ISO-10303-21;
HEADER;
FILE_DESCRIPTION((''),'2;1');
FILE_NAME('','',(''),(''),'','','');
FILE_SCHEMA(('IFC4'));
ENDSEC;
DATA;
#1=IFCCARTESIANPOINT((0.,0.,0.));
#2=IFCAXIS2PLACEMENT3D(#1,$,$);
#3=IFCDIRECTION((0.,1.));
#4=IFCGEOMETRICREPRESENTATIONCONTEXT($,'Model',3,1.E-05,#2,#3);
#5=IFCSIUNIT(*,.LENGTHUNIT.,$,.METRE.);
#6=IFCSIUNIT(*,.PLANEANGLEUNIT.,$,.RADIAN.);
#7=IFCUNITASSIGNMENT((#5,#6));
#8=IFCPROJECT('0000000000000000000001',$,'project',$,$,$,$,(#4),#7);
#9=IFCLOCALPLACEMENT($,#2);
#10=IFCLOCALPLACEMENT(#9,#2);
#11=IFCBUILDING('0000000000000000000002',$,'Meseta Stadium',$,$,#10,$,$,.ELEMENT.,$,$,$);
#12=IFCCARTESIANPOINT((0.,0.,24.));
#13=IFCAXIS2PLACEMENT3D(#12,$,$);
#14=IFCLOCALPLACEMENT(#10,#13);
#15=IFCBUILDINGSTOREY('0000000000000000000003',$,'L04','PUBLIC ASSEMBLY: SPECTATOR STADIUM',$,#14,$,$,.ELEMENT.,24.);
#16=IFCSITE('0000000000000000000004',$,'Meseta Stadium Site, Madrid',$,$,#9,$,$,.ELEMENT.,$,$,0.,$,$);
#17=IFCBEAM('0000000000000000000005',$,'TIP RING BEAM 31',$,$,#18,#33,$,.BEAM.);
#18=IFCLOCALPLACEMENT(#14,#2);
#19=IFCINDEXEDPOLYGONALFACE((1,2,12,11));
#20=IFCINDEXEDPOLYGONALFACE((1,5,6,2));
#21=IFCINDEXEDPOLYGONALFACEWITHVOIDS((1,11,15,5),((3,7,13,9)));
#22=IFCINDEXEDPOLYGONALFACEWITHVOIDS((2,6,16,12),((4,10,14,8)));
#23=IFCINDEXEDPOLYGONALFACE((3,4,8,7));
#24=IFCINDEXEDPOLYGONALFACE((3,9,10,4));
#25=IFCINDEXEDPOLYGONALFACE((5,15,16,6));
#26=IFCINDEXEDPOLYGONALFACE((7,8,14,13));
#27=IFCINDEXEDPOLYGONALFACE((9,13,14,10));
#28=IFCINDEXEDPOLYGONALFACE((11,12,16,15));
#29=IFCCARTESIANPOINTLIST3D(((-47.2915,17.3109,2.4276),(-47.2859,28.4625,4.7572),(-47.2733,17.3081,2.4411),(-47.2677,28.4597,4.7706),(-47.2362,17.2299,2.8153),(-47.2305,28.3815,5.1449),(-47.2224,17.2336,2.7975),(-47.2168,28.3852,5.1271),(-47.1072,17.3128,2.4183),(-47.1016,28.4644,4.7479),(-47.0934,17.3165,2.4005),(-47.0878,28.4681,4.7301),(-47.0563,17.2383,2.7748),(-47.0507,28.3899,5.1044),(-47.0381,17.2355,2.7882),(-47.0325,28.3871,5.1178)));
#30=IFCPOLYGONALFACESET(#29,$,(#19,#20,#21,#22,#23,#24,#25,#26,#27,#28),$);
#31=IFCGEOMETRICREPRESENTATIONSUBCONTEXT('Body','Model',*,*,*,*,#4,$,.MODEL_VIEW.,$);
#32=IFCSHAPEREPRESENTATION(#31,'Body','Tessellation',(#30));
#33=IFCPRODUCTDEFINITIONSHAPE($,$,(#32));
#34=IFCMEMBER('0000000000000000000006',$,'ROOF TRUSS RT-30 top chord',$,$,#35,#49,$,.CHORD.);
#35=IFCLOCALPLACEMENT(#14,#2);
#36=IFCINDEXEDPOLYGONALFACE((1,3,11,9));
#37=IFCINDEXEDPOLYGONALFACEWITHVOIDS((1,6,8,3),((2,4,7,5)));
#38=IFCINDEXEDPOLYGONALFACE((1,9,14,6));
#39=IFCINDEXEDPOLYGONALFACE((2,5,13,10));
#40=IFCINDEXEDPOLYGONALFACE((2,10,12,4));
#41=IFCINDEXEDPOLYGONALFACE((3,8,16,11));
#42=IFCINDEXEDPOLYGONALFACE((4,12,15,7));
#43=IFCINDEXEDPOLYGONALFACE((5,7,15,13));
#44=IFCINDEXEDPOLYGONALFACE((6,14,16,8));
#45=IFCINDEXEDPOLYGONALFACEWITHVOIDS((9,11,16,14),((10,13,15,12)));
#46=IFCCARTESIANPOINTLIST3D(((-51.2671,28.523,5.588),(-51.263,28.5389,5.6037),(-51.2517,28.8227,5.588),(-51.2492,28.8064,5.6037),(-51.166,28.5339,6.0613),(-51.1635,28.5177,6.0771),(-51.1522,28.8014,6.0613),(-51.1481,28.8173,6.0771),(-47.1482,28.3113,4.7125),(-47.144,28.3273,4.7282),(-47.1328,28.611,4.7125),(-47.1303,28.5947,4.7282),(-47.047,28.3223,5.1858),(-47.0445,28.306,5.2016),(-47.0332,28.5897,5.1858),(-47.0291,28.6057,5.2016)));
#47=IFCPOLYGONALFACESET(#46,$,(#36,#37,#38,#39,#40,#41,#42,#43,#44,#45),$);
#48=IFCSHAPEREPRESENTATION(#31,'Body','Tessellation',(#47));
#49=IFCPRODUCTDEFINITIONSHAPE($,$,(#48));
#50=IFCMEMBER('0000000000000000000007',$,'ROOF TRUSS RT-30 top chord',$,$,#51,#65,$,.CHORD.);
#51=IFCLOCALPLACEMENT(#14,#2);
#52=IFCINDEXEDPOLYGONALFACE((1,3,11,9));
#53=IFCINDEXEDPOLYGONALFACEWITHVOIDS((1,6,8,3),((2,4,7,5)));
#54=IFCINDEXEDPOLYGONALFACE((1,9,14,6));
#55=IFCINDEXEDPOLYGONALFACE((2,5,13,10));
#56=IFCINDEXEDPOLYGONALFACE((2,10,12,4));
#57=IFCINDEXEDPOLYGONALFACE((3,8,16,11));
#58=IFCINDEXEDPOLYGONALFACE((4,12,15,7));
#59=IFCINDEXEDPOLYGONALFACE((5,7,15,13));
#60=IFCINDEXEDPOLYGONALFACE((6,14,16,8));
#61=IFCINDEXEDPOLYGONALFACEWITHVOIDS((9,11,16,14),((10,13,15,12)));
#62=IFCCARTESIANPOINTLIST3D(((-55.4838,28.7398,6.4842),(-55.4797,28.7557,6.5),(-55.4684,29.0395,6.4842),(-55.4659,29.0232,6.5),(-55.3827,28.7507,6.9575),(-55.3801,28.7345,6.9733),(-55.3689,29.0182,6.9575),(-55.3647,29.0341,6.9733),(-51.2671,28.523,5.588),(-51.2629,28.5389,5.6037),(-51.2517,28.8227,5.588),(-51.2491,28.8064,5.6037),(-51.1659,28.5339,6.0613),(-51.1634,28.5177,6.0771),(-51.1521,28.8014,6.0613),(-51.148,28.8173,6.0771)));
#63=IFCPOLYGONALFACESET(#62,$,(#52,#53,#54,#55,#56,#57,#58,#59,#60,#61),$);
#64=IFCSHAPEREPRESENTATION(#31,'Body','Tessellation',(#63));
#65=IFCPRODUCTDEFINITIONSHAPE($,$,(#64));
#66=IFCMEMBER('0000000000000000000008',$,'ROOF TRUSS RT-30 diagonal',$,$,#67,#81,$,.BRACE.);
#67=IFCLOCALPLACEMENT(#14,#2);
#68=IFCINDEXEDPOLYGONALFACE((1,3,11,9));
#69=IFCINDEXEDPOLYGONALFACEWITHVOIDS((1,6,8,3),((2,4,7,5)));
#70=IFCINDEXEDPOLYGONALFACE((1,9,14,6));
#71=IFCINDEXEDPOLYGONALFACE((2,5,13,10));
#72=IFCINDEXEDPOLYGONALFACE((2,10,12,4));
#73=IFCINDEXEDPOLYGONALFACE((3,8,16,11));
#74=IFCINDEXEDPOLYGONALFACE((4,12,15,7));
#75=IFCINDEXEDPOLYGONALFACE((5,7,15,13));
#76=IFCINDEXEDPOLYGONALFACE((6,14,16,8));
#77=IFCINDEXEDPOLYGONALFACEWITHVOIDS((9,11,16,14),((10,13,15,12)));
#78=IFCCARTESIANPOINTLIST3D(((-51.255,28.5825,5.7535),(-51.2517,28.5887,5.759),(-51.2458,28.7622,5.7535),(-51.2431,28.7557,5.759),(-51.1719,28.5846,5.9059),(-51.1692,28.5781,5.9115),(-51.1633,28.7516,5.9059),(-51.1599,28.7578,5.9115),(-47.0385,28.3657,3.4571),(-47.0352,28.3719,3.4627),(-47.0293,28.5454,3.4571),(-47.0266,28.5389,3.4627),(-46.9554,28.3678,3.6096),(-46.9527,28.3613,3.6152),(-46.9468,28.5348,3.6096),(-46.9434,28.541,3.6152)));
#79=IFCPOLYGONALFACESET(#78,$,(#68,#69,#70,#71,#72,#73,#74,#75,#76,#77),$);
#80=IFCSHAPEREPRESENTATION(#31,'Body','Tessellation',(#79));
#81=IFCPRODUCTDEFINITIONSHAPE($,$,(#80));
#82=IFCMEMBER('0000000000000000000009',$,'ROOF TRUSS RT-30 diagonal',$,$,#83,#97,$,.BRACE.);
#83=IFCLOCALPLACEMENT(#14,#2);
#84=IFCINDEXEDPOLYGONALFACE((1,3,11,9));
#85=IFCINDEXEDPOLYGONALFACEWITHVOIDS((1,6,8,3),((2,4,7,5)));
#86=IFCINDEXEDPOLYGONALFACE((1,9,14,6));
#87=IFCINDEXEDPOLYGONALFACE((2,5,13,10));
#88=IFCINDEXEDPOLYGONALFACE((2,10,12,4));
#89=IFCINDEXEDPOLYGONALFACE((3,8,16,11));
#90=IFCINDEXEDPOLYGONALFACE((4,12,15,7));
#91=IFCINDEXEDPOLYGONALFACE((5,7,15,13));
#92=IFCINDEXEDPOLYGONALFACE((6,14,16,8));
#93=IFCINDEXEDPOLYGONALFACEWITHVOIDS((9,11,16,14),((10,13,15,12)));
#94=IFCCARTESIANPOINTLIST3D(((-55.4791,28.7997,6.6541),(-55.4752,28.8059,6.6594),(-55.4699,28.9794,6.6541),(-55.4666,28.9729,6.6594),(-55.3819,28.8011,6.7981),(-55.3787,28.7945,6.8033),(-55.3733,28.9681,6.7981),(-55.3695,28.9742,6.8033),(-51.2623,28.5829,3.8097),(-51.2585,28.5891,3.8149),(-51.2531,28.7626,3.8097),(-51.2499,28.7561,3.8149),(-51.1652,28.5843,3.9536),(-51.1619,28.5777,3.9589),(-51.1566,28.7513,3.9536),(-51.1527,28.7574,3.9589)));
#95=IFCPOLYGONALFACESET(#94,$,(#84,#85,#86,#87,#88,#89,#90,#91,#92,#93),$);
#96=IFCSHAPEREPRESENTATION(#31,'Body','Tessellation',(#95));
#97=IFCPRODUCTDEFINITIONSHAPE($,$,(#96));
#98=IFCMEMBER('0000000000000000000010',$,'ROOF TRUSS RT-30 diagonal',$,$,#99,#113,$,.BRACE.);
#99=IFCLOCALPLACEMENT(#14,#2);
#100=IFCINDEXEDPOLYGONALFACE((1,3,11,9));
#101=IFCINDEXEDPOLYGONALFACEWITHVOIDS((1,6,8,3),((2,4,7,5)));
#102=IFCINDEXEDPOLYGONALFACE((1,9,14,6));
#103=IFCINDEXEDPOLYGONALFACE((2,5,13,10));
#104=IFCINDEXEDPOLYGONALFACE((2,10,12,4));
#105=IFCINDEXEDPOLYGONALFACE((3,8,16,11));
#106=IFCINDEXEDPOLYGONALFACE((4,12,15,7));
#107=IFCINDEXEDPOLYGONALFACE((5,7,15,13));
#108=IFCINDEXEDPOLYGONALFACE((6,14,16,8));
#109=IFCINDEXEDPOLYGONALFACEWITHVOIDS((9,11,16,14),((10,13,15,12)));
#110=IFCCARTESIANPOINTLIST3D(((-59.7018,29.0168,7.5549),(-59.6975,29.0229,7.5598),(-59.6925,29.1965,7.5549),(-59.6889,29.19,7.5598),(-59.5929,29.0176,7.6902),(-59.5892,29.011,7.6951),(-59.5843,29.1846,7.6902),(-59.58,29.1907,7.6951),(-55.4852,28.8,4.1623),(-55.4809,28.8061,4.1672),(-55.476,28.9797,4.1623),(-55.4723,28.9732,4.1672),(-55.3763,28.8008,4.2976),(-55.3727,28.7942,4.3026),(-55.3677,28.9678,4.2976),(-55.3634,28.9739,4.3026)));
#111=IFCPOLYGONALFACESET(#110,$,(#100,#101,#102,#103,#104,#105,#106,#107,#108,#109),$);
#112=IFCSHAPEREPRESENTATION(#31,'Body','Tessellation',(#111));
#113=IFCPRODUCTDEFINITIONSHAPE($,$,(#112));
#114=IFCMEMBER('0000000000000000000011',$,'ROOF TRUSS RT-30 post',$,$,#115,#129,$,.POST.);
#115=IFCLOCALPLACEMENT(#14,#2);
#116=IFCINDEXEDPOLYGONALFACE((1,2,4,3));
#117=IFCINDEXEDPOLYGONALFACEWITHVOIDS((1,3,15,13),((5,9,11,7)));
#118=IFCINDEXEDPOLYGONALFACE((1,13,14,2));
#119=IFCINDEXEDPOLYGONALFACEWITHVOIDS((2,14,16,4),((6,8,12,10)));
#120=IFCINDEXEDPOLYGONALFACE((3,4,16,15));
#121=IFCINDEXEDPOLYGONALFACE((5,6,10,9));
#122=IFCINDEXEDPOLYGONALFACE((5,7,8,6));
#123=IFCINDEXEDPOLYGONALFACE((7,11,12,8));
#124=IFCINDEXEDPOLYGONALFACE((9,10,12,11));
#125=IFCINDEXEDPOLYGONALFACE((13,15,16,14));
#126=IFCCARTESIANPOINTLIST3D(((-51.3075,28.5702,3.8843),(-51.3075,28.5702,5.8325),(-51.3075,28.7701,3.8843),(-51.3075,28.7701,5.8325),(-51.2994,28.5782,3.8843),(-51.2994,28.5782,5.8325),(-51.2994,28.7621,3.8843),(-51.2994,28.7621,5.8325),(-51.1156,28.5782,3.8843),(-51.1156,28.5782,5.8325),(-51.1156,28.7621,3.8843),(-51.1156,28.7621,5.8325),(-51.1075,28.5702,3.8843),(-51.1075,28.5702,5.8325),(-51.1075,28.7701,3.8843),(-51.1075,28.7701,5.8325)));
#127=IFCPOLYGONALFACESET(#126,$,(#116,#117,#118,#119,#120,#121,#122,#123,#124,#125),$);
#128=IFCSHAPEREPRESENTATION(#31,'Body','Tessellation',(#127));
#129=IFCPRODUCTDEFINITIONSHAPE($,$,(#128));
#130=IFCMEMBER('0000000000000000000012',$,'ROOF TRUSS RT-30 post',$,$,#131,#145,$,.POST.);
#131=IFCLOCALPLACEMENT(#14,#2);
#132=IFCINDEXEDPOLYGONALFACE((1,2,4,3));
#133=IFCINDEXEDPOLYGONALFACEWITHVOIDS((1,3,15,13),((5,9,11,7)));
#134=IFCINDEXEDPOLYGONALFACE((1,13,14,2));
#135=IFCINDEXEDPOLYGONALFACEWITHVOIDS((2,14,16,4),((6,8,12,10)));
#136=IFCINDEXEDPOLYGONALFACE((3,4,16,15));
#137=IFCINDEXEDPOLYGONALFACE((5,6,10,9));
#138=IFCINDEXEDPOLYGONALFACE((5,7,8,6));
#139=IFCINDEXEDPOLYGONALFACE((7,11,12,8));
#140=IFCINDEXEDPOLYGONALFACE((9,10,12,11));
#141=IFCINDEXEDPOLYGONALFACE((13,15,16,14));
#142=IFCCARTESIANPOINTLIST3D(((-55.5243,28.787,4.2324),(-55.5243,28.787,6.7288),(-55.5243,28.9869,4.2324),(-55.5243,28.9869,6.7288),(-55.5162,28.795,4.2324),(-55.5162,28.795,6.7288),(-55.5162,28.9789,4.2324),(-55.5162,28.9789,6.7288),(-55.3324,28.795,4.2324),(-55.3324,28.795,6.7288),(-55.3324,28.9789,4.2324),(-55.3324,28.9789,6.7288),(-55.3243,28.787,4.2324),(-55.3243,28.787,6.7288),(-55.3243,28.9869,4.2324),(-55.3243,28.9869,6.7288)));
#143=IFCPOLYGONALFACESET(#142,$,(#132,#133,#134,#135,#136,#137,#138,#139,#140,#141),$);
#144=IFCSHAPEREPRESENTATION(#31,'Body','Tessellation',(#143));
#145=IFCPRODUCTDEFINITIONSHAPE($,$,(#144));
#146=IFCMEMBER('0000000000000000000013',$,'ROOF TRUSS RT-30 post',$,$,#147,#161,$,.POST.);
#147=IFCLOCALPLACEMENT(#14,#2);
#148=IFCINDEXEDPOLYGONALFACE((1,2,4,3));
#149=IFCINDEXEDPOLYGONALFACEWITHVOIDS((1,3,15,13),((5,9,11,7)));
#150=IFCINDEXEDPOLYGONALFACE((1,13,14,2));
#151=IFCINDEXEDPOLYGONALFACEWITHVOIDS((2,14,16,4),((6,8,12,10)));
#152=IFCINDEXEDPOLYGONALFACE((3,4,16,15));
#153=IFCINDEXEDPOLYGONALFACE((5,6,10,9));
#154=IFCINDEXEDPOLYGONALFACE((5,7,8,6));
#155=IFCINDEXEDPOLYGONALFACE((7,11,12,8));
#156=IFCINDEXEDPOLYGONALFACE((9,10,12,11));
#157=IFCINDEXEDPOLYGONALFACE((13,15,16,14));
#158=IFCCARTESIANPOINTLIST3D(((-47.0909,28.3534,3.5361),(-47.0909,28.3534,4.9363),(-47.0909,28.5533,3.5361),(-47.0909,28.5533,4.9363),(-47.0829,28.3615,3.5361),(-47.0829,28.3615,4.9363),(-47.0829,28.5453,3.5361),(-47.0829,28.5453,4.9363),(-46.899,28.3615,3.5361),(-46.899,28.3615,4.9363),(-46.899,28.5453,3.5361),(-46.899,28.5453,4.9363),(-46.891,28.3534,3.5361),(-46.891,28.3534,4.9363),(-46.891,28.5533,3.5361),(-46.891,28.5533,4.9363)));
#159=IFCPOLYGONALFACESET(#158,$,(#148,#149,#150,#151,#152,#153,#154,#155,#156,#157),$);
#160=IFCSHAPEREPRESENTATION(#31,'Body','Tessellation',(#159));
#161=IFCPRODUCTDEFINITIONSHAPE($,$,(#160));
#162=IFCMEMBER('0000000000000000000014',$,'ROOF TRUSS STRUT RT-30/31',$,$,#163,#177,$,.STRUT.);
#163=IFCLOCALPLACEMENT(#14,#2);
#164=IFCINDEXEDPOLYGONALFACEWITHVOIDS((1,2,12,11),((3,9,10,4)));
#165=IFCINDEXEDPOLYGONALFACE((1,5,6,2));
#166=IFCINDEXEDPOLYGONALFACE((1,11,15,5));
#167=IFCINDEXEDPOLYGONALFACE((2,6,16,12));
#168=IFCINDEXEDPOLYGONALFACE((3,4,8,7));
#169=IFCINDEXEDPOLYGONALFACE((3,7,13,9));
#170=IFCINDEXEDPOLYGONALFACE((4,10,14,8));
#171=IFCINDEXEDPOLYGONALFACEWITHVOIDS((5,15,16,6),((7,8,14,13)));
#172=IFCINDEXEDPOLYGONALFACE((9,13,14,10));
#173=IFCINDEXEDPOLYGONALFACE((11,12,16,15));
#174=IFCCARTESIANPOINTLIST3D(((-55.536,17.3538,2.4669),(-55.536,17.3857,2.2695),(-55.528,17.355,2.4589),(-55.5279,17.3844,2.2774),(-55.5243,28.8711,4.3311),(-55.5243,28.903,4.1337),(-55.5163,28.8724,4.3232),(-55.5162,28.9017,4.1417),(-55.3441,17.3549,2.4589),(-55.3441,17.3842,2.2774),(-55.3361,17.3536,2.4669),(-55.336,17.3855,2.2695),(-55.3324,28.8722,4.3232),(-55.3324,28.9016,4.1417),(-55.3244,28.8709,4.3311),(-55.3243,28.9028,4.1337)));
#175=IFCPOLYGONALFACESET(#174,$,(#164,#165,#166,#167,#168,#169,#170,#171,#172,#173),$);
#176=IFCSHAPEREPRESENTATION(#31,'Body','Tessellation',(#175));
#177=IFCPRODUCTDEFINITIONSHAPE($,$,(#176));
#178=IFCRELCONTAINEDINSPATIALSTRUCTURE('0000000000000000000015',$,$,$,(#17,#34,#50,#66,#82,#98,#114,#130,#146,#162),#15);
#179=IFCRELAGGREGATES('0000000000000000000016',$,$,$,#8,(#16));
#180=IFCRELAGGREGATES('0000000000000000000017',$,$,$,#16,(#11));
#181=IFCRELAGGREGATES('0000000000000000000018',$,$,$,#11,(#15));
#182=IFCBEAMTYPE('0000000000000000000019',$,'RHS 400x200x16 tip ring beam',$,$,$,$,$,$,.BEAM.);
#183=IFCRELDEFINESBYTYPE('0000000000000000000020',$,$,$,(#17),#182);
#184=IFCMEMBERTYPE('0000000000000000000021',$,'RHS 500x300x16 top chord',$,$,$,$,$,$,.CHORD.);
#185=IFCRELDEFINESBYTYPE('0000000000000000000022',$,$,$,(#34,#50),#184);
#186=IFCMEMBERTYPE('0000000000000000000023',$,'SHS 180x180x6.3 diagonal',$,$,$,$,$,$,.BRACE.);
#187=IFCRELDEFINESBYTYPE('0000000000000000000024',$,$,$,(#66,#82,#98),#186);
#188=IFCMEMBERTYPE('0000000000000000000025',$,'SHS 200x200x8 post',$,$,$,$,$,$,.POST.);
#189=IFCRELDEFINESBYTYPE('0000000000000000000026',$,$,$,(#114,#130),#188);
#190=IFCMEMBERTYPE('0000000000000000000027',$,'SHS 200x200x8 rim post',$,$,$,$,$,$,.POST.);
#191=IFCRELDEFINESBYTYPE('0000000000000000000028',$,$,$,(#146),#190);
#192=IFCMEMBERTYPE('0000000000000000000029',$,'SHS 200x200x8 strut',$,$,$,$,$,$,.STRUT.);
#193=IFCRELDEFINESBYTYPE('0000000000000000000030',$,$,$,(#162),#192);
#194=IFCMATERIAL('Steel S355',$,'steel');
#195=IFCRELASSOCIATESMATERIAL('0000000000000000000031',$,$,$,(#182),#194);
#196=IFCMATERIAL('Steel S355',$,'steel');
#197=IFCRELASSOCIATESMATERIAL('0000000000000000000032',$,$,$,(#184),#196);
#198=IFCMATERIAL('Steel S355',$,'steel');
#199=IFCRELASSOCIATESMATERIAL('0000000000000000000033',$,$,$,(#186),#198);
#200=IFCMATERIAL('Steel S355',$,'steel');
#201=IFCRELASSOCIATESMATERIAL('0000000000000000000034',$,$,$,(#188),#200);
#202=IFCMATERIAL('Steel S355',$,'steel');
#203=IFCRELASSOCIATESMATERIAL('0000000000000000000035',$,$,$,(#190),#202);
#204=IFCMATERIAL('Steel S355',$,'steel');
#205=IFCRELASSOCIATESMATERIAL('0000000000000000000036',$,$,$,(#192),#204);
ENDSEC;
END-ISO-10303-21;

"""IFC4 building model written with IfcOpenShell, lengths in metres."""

from ifc_helpers import new_model, si_unit, direction, frame, origin, origin_2d, place, context, subcontext, project, spatial, hollow_rectangle, extrude, material, material_profile, profile_set, type_object, element, save


model = new_model("IFC4")

# Units and contexts
model_context = context("Model", 3, precision=1e-05, world=origin(), true_north=direction((0.0, 1.0)))
body_context = subcontext(model_context, "Body", "Model", "MODEL_VIEW")
ifc_project = project(units=[si_unit("LENGTHUNIT", "METRE"), si_unit("PLANEANGLEUNIT", "RADIAN")], contexts=[model_context])

# Site, building, storey
site_placement = place(None, origin())
site = spatial("IfcSite", under=ifc_project, at=site_placement, Name="Meseta Stadium Site, Madrid", CompositionType="ELEMENT", RefElevation=0.0)
building_placement = place(site_placement, origin())
building = spatial("IfcBuilding", under=site, at=building_placement, Name="Meseta Stadium", CompositionType="ELEMENT")
storey_placement = place(building_placement, frame((0.0, 0.0, 24.0)))
storey = spatial("IfcBuildingStorey", under=building, at=storey_placement, Name="L04", Description="PUBLIC ASSEMBLY: SPECTATOR STADIUM", CompositionType="ELEMENT", Elevation=24.0)

# Beam
ifc_material_1 = material(Name="Steel S355", Category="steel")
ifc_material_profile_1 = material_profile(ifc_material_1, hollow_rectangle(XDim=0.2, YDim=0.3999, WallThickness=0.0161, at=origin_2d()), Name="RHS 400x200x16")
ifc_profile_set_1 = profile_set([ifc_material_profile_1], Name="Steel S355")
beam_type = type_object("IfcBeamType", Name="RHS 400x200x16 tip ring beam", PredefinedType="BEAM", material=ifc_profile_set_1)
beam_placement = place(storey_placement, frame((-47.1592, 28.4248, 4.9375), z_axis=(-0.000493, -0.978869, -0.204487), x_axis=(0.990388, 0.027806, -0.135493)))
element("IfcBeam", 1, at=beam_placement, inside=storey, type_object=beam_type, Name="TIP RING BEAM 31", PredefinedType="BEAM", context=body_context, shape_type="SweptSolid", body=[
    extrude(hollow_rectangle(XDim=0.2, YDim=0.3999, WallThickness=0.0161, at=origin_2d()), origin(), (0.0, 0.0, 1.0), 11.3923),
])

# Members
ifc_material_2 = material(Name="Steel S355", Category="steel")
ifc_material_profile_2 = material_profile(ifc_material_2, hollow_rectangle(XDim=0.3, YDim=0.5, WallThickness=0.0161, at=origin_2d()), Name="RHS 500x300x16")
ifc_profile_set_2 = profile_set([ifc_material_profile_2], Name="Steel S355")
member_type_1 = type_object("IfcMemberType", Name="RHS 500x300x16 top chord", PredefinedType="CHORD", material=ifc_profile_set_2)
member_1_placement = place(storey_placement, frame((-47.0886, 28.4585, 4.957), z_axis=(-0.976915, 0.050204, 0.207647), x_axis=(-0.051322, -0.998682, 0.0)))
element("IfcMember", 2, at=member_1_placement, inside=storey, type_object=member_type_1, Name="ROOF TRUSS RT-30 top chord", PredefinedType="CHORD", context=body_context, shape_type="SweptSolid", body=[
    extrude(hollow_rectangle(XDim=0.3, YDim=0.5, WallThickness=0.0161, at=origin_2d()), origin(), (0.0, 0.0, 1.0), 4.2163),
])
member_2_placement = place(storey_placement, frame((-51.2075, 28.6702, 5.8325), z_axis=(-0.976916, 0.050226, 0.207634), x_axis=(-0.051345, -0.998681, 0.0)))
element("IfcMember", 3, at=member_2_placement, inside=storey, type_object=member_type_1, Name="ROOF TRUSS RT-30 top chord", PredefinedType="CHORD", context=body_context, shape_type="SweptSolid", body=[
    extrude(hollow_rectangle(XDim=0.3, YDim=0.5, WallThickness=0.0161, at=origin_2d()), origin(), (0.0, 0.0, 1.0), 4.3164),
])
ifc_material_3 = material(Name="Steel S355", Category="steel")
ifc_material_profile_3 = material_profile(ifc_material_3, hollow_rectangle(XDim=0.1799, YDim=0.1799, WallThickness=0.0063, at=origin_2d()), Name="SHS 180x180x6.3")
ifc_profile_set_3 = profile_set([ifc_material_profile_3], Name="Steel S355")
member_type_2 = type_object("IfcMemberType", Name="SHS 180x180x6.3 diagonal", PredefinedType="BRACE", material=ifc_profile_set_3)
member_3_placement = place(storey_placement, frame((-46.991, 28.4534, 3.5361), z_axis=(-0.877312, 0.045108, 0.477795), x_axis=(-0.051348, -0.998681, 0.0)))
element("IfcMember", 4, at=member_3_placement, inside=storey, type_object=member_type_2, Name="ROOF TRUSS RT-30 diagonal", PredefinedType="BRACE", context=body_context, shape_type="SweptSolid", body=[
    extrude(hollow_rectangle(XDim=0.1799, YDim=0.1799, WallThickness=0.0063, at=origin_2d()), origin(), (0.0, 0.0, 1.0), 4.8062),
])
member_4_placement = place(storey_placement, frame((-51.2075, 28.6702, 3.8843), z_axis=(-0.828266, 0.042583, 0.558715), x_axis=(-0.051345, -0.998681, 0.0)))
element("IfcMember", 5, at=member_4_placement, inside=storey, type_object=member_type_2, Name="ROOF TRUSS RT-30 diagonal", PredefinedType="BRACE", context=body_context, shape_type="SweptSolid", body=[
    extrude(hollow_rectangle(XDim=0.1799, YDim=0.1799, WallThickness=0.0063, at=origin_2d()), origin(), (0.0, 0.0, 1.0), 5.0911),
])
member_5_placement = place(storey_placement, frame((-55.4243, 28.887, 4.2324), z_axis=(-0.778499, 0.040027, 0.626369), x_axis=(-0.051348, -0.998681, 0.0)))
element("IfcMember", 6, at=member_5_placement, inside=storey, type_object=member_type_2, Name="ROOF TRUSS RT-30 diagonal", PredefinedType="BRACE", context=body_context, shape_type="SweptSolid", body=[
    extrude(hollow_rectangle(XDim=0.1799, YDim=0.1799, WallThickness=0.0063, at=origin_2d()), origin(), (0.0, 0.0, 1.0), 5.4163),
])
ifc_material_4 = material(Name="Steel S355", Category="steel")
ifc_material_profile_4 = material_profile(ifc_material_4, hollow_rectangle(XDim=0.2, YDim=0.2, WallThickness=0.0081, at=origin_2d()), Name="SHS 200x200x8")
ifc_profile_set_4 = profile_set([ifc_material_profile_4], Name="Steel S355")
member_type_3 = type_object("IfcMemberType", Name="SHS 200x200x8 post", PredefinedType="POST", material=ifc_profile_set_4)
member_6_placement = place(storey_placement, frame((-51.2075, 28.6702, 3.8843), z_axis=(0.0, 0.0, 1.0), x_axis=(1.0, 0.0, 0.0)))
element("IfcMember", 7, at=member_6_placement, inside=storey, type_object=member_type_3, Name="ROOF TRUSS RT-30 post", PredefinedType="POST", context=body_context, shape_type="SweptSolid", body=[
    extrude(hollow_rectangle(XDim=0.2, YDim=0.2, WallThickness=0.0081, at=origin_2d()), origin(), (0.0, 0.0, 1.0), 1.9482),
])
member_7_placement = place(storey_placement, frame((-55.4243, 28.887, 4.2324), z_axis=(0.0, 0.0, 1.0), x_axis=(1.0, 0.0, 0.0)))
element("IfcMember", 8, at=member_7_placement, inside=storey, type_object=member_type_3, Name="ROOF TRUSS RT-30 post", PredefinedType="POST", context=body_context, shape_type="SweptSolid", body=[
    extrude(hollow_rectangle(XDim=0.2, YDim=0.2, WallThickness=0.0081, at=origin_2d()), origin(), (0.0, 0.0, 1.0), 2.4963),
])
ifc_material_5 = material(Name="Steel S355", Category="steel")
ifc_material_profile_5 = material_profile(ifc_material_5, hollow_rectangle(XDim=0.2, YDim=0.2, WallThickness=0.0081, at=origin_2d()), Name="SHS 200x200x8")
ifc_profile_set_5 = profile_set([ifc_material_profile_5], Name="Steel S355")
member_type_4 = type_object("IfcMemberType", Name="SHS 200x200x8 rim post", PredefinedType="POST", material=ifc_profile_set_5)
member_8_placement = place(storey_placement, frame((-46.991, 28.4534, 3.5361), z_axis=(0.0, 0.0, 1.0), x_axis=(1.0, 0.0, 0.0)))
element("IfcMember", 9, at=member_8_placement, inside=storey, type_object=member_type_4, Name="ROOF TRUSS RT-30 post", PredefinedType="POST", context=body_context, shape_type="SweptSolid", body=[
    extrude(hollow_rectangle(XDim=0.2, YDim=0.2, WallThickness=0.0081, at=origin_2d()), origin(), (0.0, 0.0, 1.0), 1.4001),
])
ifc_material_6 = material(Name="Steel S355", Category="steel")
ifc_material_profile_6 = material_profile(ifc_material_6, hollow_rectangle(XDim=0.2, YDim=0.2, WallThickness=0.0081, at=origin_2d()), Name="SHS 200x200x8")
ifc_profile_set_6 = profile_set([ifc_material_profile_6], Name="Steel S355")
member_type_5 = type_object("IfcMemberType", Name="SHS 200x200x8 strut", PredefinedType="STRUT", material=ifc_profile_set_6)
member_9_placement = place(storey_placement, frame((-55.4243, 28.887, 4.2324), z_axis=(-0.001004, -0.987151, -0.159786), x_axis=(0.999999, -0.001017, 0.0)))
element("IfcMember", 10, at=member_9_placement, inside=storey, type_object=member_type_5, Name="ROOF TRUSS STRUT RT-30/31", PredefinedType="STRUT", context=body_context, shape_type="SweptSolid", body=[
    extrude(hollow_rectangle(XDim=0.2, YDim=0.2, WallThickness=0.0081, at=origin_2d()), origin(), (0.0, 0.0, 1.0), 11.6672),
])

save(model, "model.ifc")
